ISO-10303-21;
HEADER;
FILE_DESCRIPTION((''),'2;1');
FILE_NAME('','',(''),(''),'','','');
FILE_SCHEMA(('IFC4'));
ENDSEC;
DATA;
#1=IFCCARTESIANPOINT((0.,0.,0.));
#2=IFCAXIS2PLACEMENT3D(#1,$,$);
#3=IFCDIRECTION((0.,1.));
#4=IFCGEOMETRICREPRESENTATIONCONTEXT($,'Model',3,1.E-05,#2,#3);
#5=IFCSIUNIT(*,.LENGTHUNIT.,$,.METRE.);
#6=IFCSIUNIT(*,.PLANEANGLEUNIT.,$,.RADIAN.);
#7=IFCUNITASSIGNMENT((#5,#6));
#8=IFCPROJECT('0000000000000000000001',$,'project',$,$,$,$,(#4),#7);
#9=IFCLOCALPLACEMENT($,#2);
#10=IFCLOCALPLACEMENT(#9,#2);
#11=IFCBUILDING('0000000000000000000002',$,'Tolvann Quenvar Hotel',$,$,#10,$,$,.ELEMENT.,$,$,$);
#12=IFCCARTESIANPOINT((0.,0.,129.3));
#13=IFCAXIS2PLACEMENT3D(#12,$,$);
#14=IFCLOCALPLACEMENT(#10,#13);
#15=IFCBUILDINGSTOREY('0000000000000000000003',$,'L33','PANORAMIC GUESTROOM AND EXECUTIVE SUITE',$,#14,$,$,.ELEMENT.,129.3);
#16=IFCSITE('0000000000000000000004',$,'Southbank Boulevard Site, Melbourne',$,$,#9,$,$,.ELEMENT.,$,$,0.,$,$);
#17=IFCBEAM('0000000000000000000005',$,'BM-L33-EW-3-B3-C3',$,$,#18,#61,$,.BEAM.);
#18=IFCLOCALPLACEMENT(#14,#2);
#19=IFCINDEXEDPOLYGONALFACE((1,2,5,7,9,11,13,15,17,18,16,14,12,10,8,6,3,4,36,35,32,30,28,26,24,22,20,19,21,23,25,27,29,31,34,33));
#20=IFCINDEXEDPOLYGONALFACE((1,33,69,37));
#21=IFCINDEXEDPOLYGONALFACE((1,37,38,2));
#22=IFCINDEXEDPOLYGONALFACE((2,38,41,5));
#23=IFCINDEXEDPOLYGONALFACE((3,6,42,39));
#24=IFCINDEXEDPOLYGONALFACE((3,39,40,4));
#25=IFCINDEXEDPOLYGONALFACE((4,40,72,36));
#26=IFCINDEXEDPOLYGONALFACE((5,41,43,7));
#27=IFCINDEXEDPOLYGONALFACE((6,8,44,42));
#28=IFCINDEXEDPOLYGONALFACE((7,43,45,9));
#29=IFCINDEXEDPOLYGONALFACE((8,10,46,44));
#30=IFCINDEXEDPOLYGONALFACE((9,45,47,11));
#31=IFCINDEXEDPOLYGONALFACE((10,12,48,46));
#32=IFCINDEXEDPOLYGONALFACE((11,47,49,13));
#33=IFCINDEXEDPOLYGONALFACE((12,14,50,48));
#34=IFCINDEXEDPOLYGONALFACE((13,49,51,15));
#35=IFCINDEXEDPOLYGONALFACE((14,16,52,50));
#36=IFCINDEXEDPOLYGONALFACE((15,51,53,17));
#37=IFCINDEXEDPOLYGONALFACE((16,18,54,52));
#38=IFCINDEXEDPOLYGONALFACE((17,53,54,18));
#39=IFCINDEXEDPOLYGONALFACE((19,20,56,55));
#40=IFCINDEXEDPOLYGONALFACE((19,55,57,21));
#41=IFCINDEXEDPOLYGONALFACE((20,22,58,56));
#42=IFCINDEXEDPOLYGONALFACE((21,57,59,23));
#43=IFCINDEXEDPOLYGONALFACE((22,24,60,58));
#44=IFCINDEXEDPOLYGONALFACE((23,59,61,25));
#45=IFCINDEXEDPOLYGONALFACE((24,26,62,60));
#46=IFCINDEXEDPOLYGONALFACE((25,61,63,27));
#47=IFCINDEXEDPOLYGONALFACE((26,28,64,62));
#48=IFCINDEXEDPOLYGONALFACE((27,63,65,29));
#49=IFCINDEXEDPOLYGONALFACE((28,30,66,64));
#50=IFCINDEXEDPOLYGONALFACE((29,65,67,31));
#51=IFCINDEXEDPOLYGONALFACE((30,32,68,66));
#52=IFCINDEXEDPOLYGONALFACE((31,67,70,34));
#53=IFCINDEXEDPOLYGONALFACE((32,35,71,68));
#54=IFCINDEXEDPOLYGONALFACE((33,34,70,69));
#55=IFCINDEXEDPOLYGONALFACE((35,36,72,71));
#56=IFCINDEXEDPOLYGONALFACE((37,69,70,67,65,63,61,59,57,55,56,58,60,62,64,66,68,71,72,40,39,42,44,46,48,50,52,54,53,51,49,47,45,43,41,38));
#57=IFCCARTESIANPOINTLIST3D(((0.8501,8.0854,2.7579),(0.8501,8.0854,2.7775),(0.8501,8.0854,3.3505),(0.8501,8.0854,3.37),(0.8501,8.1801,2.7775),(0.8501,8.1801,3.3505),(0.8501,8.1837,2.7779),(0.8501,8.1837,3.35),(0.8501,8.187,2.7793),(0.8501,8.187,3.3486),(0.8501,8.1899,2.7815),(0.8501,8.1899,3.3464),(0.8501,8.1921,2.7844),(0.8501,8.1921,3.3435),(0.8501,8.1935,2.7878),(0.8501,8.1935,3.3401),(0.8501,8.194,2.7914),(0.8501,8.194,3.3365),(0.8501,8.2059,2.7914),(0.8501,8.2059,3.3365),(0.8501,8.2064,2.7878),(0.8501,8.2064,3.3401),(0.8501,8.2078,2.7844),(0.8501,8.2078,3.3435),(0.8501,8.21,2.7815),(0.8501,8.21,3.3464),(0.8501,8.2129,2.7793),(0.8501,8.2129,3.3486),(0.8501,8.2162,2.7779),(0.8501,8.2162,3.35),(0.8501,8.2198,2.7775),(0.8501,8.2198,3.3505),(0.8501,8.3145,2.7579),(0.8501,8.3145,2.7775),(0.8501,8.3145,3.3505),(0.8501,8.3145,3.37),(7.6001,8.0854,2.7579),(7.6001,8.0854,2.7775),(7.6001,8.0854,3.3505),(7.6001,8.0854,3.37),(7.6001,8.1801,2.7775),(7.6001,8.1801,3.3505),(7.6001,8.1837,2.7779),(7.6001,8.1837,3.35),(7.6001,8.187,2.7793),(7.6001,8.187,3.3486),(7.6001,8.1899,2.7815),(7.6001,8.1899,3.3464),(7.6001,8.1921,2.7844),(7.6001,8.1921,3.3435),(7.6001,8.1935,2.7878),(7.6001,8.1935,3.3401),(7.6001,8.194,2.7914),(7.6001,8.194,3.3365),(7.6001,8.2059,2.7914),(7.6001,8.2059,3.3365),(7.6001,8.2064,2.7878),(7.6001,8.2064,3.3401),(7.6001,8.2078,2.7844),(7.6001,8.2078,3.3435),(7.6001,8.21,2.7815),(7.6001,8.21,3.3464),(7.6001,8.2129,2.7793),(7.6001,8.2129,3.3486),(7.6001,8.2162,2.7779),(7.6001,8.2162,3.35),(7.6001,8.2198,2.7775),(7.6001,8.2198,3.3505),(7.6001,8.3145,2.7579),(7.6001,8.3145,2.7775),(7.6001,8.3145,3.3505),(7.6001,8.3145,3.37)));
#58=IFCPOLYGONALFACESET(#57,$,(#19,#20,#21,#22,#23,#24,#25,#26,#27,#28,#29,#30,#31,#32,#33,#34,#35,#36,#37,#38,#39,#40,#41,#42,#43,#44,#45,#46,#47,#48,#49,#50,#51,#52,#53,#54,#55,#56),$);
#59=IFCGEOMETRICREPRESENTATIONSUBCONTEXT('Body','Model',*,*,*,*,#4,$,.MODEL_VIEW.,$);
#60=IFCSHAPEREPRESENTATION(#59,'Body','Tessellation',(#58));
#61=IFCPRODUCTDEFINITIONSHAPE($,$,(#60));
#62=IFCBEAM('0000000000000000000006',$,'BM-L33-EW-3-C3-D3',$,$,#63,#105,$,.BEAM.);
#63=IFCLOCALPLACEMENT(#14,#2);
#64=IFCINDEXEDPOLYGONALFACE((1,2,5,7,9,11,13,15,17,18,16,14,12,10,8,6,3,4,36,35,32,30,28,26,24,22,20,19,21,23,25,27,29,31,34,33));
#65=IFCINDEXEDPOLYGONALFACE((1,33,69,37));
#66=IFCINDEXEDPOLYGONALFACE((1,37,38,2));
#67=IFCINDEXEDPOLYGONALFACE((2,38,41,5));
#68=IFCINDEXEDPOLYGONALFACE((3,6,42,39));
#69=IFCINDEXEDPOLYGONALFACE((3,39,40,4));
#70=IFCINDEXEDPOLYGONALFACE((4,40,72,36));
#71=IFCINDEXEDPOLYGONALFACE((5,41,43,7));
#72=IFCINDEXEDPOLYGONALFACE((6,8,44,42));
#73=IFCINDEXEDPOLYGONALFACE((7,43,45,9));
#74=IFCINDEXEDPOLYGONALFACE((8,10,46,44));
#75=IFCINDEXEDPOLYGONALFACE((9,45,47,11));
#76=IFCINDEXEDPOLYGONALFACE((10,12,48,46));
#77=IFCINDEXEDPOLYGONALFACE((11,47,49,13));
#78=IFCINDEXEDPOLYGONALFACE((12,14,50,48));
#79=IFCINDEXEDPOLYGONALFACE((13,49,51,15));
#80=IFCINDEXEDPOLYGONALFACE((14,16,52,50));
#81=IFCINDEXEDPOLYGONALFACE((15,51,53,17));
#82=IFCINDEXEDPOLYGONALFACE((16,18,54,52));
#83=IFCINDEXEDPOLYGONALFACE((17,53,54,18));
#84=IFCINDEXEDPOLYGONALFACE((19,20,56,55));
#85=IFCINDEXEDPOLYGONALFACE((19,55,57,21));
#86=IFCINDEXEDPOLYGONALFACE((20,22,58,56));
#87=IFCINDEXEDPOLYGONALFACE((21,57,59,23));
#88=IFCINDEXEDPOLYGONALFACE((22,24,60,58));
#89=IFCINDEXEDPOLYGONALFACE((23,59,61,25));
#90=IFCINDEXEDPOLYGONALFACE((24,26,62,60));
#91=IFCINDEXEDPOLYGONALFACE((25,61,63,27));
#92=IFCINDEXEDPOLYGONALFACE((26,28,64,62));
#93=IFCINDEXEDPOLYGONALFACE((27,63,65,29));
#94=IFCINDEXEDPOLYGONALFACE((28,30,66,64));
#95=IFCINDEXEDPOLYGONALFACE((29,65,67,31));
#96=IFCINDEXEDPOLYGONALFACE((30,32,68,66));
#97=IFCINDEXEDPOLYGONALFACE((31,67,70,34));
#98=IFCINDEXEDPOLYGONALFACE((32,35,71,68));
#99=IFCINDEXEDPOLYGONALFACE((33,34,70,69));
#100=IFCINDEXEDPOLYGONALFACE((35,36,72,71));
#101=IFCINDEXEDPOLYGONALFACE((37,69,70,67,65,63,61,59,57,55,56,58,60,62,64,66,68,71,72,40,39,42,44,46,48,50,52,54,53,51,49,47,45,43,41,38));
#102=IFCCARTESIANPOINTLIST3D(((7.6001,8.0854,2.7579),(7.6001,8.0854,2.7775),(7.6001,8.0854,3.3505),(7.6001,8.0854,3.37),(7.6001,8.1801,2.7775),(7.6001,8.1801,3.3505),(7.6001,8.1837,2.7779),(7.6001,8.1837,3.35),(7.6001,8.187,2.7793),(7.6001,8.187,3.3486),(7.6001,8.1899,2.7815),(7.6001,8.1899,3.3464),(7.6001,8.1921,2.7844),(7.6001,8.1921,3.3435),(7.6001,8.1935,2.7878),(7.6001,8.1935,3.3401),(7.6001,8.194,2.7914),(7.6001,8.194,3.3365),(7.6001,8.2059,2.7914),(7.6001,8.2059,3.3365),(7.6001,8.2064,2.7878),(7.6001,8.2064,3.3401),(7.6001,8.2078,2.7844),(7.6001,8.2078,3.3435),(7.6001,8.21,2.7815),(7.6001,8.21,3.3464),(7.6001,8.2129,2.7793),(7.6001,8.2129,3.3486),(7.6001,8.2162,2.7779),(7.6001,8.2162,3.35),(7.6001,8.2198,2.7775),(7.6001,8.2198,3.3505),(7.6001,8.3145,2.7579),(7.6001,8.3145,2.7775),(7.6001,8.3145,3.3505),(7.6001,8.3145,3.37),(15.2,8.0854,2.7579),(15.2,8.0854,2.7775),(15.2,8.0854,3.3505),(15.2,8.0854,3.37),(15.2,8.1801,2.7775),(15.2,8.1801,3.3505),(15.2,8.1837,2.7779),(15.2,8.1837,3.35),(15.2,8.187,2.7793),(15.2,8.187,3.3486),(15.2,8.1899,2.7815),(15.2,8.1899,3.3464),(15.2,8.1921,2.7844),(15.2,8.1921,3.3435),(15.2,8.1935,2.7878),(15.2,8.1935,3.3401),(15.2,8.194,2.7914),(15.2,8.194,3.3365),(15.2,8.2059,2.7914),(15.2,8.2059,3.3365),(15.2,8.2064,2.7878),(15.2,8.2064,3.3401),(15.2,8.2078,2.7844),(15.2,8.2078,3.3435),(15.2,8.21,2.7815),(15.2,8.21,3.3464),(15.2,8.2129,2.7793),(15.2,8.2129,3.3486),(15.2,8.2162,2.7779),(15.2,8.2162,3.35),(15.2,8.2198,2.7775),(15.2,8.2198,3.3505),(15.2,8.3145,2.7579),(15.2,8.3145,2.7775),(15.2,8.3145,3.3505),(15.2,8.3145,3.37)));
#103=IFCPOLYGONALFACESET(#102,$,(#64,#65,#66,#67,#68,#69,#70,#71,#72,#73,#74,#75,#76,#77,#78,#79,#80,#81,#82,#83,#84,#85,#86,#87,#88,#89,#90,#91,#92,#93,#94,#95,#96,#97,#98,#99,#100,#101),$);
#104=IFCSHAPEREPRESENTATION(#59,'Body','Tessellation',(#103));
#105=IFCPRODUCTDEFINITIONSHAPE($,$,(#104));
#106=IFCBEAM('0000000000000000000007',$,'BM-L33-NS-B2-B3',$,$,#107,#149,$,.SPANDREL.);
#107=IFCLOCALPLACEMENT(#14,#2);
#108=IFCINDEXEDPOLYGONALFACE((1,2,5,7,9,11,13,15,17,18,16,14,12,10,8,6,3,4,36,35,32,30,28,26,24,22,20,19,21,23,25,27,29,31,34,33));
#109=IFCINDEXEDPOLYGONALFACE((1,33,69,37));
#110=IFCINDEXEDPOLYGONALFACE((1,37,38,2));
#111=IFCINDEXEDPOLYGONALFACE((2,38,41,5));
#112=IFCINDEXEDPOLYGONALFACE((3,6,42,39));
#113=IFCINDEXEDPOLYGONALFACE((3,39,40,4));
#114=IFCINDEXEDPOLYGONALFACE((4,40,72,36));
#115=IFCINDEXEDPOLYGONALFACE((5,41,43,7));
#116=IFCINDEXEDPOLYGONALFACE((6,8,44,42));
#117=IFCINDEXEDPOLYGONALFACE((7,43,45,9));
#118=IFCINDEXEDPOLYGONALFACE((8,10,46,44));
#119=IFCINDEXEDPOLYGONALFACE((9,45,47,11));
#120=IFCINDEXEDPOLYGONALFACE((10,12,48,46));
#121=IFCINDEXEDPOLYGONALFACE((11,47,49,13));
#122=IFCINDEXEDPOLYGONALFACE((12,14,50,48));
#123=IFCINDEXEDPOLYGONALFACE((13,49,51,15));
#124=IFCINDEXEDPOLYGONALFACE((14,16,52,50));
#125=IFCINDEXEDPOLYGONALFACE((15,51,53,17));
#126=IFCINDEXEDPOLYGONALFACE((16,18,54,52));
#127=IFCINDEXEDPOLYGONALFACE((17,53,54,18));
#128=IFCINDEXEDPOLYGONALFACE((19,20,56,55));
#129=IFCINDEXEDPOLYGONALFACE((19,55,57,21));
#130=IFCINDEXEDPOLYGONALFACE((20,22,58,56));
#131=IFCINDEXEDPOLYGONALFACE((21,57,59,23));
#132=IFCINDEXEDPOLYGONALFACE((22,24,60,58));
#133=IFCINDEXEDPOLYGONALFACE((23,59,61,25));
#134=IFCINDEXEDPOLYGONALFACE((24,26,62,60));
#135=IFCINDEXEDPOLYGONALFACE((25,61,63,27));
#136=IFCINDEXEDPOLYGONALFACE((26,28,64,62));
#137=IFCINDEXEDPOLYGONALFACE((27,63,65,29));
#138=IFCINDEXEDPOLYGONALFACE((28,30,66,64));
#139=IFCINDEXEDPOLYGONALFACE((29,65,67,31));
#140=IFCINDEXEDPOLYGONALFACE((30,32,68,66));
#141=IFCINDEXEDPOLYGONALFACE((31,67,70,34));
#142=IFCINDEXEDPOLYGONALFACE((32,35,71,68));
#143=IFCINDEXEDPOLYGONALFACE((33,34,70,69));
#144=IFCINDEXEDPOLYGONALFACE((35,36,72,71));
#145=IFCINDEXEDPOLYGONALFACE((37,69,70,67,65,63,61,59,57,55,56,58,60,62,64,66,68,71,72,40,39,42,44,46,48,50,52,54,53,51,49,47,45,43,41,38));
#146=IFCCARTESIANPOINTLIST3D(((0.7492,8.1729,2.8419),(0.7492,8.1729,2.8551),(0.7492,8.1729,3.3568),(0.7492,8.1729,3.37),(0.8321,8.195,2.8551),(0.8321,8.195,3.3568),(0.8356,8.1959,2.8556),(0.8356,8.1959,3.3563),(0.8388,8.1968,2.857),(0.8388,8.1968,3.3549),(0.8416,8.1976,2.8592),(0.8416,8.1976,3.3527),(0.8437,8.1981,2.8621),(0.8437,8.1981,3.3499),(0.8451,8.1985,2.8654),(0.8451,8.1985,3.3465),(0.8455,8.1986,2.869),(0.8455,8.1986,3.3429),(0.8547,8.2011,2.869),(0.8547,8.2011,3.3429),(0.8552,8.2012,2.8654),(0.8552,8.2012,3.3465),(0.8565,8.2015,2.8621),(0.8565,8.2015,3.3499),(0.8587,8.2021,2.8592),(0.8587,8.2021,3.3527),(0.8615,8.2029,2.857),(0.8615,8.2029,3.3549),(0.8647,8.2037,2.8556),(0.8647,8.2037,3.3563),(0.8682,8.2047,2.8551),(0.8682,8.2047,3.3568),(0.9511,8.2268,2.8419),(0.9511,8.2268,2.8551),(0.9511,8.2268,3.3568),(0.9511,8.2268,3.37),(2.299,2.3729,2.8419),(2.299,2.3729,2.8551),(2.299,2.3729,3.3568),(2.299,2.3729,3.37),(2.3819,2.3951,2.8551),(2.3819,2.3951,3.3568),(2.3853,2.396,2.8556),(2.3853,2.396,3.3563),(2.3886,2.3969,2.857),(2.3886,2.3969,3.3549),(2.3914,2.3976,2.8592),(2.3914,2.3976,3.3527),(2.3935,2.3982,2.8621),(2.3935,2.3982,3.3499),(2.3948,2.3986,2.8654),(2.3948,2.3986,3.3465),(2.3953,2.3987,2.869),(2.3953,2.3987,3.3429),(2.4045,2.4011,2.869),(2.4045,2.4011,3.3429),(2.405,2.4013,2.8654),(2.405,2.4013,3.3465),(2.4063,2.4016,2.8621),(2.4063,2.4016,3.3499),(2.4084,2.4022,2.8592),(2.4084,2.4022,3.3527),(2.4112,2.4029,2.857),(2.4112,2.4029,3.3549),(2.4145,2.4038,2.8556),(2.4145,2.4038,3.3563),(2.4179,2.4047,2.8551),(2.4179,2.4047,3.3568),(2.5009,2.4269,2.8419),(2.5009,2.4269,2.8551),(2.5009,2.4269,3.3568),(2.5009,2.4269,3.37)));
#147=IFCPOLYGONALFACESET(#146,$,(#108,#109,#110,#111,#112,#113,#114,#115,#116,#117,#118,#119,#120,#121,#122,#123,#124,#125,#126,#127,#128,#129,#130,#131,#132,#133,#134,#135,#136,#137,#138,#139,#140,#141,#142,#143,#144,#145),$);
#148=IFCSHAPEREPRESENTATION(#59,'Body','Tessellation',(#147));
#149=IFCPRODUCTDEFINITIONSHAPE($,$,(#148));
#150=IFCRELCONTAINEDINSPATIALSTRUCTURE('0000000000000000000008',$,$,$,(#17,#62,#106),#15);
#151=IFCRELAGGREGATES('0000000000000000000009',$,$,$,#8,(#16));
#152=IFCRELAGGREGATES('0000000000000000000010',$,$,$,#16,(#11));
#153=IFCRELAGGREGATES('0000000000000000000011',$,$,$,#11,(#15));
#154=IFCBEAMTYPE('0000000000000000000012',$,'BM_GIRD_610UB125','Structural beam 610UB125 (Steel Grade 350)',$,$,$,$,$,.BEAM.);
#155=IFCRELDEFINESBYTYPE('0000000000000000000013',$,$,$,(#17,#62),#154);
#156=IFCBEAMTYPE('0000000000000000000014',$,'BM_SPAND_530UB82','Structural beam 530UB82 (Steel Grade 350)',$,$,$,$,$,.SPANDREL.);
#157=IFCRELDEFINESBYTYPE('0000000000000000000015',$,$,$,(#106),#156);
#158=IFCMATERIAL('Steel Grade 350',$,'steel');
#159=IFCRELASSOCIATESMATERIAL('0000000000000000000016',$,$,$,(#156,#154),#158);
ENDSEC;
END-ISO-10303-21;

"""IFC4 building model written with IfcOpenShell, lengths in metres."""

from ifc_helpers import new_model, si_unit, direction, frame, origin, origin_2d, place, context, subcontext, project, spatial, i_section, extrude, source, transform, mapped, material, material_profile, profile_set, type_object, type_shapes, element, save


model = new_model("IFC4")

# Units and contexts
model_context = context("Model", 3, precision=1e-05, world=origin(), true_north=direction((0.0, 1.0)))
body_context = subcontext(model_context, "Body", "Model", "MODEL_VIEW")
ifc_project = project(units=[si_unit("LENGTHUNIT", "METRE"), si_unit("PLANEANGLEUNIT", "RADIAN")], contexts=[model_context])

# Site, building, storey
site_placement = place(None, origin())
site = spatial("IfcSite", under=ifc_project, at=site_placement, Name="Southbank Boulevard Site, Melbourne", CompositionType="ELEMENT", RefElevation=0.0)
building_placement = place(site_placement, origin())
building = spatial("IfcBuilding", under=site, at=building_placement, Name="Tolvann Quenvar Hotel", CompositionType="ELEMENT")
storey_placement = place(building_placement, frame((0.0, 0.0, 129.3)))
storey = spatial("IfcBuildingStorey", under=building, at=storey_placement, Name="L33", Description="PANORAMIC GUESTROOM AND EXECUTIVE SUITE", CompositionType="ELEMENT", Elevation=129.3)

# Shared definitions
ifc_material_1 = material(Name="Steel Grade 350", Category="steel")

# Beams
ifc_material_profile_1 = material_profile(ifc_material_1, i_section(OverallWidth=0.209, OverallDepth=0.5281, WebThickness=0.0095, FlangeThickness=0.0132, FilletRadius=0.0139, at=origin_2d()), Name="530UB82")
ifc_profile_set_1 = profile_set([ifc_material_profile_1], Name="Steel Grade 350")
beam_type_1 = type_object("IfcBeamType", Name="BM_SPAND_530UB82", Description="Structural beam 530UB82 (Steel Grade 350)", PredefinedType="SPANDREL", material=ifc_profile_set_1)
ifc_material_profile_2 = material_profile(ifc_material_1, i_section(OverallWidth=0.229, OverallDepth=0.6121, WebThickness=0.012, FlangeThickness=0.0195, FilletRadius=0.0139, at=origin_2d()), Name="610UB125")
ifc_profile_set_2 = profile_set([ifc_material_profile_2], Name="Steel Grade 350")
beam_type_2 = type_object("IfcBeamType", Name="BM_GIRD_610UB125", Description="Structural beam 610UB125 (Steel Grade 350)", PredefinedType="BEAM", material=ifc_profile_set_2)
shared_shape_1 = source(origin(), body_context, "Body", "SweptSolid", [
    extrude(i_section(OverallWidth=0.229, OverallDepth=0.6121, WebThickness=0.012, FlangeThickness=0.0195, FilletRadius=0.0139, at=origin_2d()), origin(), (0.0, 0.0, 1.0), 6.75),
])
beam_1_placement = place(storey_placement, frame((0.8501, 8.2, 3.064), z_axis=(1.0, 0.0, 0.0), x_axis=(0.0, 1.0, 0.0)))
element("IfcBeam", 1, at=beam_1_placement, inside=storey, type_object=beam_type_2, Name="BM-L33-EW-3-B3-C3", PredefinedType="BEAM", context=body_context, shape_type="MappedRepresentation", body=[
    mapped(shared_shape_1, transform((0.0, 0.0, 0.0), x_axis=(1.0, 0.0, 0.0), y_axis=(0.0, 1.0, 0.0), z_axis=(0.0, 0.0, 1.0), scale=1.0)),
])
shared_shape_2 = source(origin(), body_context, "Body", "SweptSolid", [
    extrude(i_section(OverallWidth=0.229, OverallDepth=0.6121, WebThickness=0.012, FlangeThickness=0.0195, FilletRadius=0.0139, at=origin_2d()), origin(), (0.0, 0.0, 1.0), 7.5999),
])
type_shapes(beam_type_2, [shared_shape_1, shared_shape_2])
beam_2_placement = place(storey_placement, frame((7.6001, 8.2, 3.064), z_axis=(1.0, 0.0, 0.0), x_axis=(0.0, 1.0, 0.0)))
element("IfcBeam", 2, at=beam_2_placement, inside=storey, type_object=beam_type_2, Name="BM-L33-EW-3-C3-D3", PredefinedType="BEAM", context=body_context, shape_type="MappedRepresentation", body=[
    mapped(shared_shape_2, transform((0.0, 0.0, 0.0), x_axis=(1.0, 0.0, 0.0), y_axis=(0.0, 1.0, 0.0), z_axis=(0.0, 0.0, 1.0), scale=1.0)),
])
shared_shape_3 = source(origin(), body_context, "Body", "SweptSolid", [
    extrude(i_section(OverallWidth=0.209, OverallDepth=0.5281, WebThickness=0.0095, FlangeThickness=0.0132, FilletRadius=0.0139, at=origin_2d()), origin(), (0.0, 0.0, 1.0), 6.0034),
])
beam_3_placement = place(storey_placement, frame((2.3999, 2.3999, 3.106), z_axis=(-0.258149, 0.966105, 0.0), x_axis=(-0.966105, -0.258149, 0.0)))
element("IfcBeam", 3, at=beam_3_placement, inside=storey, type_object=beam_type_1, Name="BM-L33-NS-B2-B3", PredefinedType="SPANDREL", context=body_context, shape_type="MappedRepresentation", body=[
    mapped(shared_shape_3, transform((0.0, 0.0, 0.0), x_axis=(1.0, 0.0, 0.0), y_axis=(0.0, 1.0, 0.0), z_axis=(0.0, 0.0, 1.0), scale=1.0)),
])

save(model, "model.ifc")
